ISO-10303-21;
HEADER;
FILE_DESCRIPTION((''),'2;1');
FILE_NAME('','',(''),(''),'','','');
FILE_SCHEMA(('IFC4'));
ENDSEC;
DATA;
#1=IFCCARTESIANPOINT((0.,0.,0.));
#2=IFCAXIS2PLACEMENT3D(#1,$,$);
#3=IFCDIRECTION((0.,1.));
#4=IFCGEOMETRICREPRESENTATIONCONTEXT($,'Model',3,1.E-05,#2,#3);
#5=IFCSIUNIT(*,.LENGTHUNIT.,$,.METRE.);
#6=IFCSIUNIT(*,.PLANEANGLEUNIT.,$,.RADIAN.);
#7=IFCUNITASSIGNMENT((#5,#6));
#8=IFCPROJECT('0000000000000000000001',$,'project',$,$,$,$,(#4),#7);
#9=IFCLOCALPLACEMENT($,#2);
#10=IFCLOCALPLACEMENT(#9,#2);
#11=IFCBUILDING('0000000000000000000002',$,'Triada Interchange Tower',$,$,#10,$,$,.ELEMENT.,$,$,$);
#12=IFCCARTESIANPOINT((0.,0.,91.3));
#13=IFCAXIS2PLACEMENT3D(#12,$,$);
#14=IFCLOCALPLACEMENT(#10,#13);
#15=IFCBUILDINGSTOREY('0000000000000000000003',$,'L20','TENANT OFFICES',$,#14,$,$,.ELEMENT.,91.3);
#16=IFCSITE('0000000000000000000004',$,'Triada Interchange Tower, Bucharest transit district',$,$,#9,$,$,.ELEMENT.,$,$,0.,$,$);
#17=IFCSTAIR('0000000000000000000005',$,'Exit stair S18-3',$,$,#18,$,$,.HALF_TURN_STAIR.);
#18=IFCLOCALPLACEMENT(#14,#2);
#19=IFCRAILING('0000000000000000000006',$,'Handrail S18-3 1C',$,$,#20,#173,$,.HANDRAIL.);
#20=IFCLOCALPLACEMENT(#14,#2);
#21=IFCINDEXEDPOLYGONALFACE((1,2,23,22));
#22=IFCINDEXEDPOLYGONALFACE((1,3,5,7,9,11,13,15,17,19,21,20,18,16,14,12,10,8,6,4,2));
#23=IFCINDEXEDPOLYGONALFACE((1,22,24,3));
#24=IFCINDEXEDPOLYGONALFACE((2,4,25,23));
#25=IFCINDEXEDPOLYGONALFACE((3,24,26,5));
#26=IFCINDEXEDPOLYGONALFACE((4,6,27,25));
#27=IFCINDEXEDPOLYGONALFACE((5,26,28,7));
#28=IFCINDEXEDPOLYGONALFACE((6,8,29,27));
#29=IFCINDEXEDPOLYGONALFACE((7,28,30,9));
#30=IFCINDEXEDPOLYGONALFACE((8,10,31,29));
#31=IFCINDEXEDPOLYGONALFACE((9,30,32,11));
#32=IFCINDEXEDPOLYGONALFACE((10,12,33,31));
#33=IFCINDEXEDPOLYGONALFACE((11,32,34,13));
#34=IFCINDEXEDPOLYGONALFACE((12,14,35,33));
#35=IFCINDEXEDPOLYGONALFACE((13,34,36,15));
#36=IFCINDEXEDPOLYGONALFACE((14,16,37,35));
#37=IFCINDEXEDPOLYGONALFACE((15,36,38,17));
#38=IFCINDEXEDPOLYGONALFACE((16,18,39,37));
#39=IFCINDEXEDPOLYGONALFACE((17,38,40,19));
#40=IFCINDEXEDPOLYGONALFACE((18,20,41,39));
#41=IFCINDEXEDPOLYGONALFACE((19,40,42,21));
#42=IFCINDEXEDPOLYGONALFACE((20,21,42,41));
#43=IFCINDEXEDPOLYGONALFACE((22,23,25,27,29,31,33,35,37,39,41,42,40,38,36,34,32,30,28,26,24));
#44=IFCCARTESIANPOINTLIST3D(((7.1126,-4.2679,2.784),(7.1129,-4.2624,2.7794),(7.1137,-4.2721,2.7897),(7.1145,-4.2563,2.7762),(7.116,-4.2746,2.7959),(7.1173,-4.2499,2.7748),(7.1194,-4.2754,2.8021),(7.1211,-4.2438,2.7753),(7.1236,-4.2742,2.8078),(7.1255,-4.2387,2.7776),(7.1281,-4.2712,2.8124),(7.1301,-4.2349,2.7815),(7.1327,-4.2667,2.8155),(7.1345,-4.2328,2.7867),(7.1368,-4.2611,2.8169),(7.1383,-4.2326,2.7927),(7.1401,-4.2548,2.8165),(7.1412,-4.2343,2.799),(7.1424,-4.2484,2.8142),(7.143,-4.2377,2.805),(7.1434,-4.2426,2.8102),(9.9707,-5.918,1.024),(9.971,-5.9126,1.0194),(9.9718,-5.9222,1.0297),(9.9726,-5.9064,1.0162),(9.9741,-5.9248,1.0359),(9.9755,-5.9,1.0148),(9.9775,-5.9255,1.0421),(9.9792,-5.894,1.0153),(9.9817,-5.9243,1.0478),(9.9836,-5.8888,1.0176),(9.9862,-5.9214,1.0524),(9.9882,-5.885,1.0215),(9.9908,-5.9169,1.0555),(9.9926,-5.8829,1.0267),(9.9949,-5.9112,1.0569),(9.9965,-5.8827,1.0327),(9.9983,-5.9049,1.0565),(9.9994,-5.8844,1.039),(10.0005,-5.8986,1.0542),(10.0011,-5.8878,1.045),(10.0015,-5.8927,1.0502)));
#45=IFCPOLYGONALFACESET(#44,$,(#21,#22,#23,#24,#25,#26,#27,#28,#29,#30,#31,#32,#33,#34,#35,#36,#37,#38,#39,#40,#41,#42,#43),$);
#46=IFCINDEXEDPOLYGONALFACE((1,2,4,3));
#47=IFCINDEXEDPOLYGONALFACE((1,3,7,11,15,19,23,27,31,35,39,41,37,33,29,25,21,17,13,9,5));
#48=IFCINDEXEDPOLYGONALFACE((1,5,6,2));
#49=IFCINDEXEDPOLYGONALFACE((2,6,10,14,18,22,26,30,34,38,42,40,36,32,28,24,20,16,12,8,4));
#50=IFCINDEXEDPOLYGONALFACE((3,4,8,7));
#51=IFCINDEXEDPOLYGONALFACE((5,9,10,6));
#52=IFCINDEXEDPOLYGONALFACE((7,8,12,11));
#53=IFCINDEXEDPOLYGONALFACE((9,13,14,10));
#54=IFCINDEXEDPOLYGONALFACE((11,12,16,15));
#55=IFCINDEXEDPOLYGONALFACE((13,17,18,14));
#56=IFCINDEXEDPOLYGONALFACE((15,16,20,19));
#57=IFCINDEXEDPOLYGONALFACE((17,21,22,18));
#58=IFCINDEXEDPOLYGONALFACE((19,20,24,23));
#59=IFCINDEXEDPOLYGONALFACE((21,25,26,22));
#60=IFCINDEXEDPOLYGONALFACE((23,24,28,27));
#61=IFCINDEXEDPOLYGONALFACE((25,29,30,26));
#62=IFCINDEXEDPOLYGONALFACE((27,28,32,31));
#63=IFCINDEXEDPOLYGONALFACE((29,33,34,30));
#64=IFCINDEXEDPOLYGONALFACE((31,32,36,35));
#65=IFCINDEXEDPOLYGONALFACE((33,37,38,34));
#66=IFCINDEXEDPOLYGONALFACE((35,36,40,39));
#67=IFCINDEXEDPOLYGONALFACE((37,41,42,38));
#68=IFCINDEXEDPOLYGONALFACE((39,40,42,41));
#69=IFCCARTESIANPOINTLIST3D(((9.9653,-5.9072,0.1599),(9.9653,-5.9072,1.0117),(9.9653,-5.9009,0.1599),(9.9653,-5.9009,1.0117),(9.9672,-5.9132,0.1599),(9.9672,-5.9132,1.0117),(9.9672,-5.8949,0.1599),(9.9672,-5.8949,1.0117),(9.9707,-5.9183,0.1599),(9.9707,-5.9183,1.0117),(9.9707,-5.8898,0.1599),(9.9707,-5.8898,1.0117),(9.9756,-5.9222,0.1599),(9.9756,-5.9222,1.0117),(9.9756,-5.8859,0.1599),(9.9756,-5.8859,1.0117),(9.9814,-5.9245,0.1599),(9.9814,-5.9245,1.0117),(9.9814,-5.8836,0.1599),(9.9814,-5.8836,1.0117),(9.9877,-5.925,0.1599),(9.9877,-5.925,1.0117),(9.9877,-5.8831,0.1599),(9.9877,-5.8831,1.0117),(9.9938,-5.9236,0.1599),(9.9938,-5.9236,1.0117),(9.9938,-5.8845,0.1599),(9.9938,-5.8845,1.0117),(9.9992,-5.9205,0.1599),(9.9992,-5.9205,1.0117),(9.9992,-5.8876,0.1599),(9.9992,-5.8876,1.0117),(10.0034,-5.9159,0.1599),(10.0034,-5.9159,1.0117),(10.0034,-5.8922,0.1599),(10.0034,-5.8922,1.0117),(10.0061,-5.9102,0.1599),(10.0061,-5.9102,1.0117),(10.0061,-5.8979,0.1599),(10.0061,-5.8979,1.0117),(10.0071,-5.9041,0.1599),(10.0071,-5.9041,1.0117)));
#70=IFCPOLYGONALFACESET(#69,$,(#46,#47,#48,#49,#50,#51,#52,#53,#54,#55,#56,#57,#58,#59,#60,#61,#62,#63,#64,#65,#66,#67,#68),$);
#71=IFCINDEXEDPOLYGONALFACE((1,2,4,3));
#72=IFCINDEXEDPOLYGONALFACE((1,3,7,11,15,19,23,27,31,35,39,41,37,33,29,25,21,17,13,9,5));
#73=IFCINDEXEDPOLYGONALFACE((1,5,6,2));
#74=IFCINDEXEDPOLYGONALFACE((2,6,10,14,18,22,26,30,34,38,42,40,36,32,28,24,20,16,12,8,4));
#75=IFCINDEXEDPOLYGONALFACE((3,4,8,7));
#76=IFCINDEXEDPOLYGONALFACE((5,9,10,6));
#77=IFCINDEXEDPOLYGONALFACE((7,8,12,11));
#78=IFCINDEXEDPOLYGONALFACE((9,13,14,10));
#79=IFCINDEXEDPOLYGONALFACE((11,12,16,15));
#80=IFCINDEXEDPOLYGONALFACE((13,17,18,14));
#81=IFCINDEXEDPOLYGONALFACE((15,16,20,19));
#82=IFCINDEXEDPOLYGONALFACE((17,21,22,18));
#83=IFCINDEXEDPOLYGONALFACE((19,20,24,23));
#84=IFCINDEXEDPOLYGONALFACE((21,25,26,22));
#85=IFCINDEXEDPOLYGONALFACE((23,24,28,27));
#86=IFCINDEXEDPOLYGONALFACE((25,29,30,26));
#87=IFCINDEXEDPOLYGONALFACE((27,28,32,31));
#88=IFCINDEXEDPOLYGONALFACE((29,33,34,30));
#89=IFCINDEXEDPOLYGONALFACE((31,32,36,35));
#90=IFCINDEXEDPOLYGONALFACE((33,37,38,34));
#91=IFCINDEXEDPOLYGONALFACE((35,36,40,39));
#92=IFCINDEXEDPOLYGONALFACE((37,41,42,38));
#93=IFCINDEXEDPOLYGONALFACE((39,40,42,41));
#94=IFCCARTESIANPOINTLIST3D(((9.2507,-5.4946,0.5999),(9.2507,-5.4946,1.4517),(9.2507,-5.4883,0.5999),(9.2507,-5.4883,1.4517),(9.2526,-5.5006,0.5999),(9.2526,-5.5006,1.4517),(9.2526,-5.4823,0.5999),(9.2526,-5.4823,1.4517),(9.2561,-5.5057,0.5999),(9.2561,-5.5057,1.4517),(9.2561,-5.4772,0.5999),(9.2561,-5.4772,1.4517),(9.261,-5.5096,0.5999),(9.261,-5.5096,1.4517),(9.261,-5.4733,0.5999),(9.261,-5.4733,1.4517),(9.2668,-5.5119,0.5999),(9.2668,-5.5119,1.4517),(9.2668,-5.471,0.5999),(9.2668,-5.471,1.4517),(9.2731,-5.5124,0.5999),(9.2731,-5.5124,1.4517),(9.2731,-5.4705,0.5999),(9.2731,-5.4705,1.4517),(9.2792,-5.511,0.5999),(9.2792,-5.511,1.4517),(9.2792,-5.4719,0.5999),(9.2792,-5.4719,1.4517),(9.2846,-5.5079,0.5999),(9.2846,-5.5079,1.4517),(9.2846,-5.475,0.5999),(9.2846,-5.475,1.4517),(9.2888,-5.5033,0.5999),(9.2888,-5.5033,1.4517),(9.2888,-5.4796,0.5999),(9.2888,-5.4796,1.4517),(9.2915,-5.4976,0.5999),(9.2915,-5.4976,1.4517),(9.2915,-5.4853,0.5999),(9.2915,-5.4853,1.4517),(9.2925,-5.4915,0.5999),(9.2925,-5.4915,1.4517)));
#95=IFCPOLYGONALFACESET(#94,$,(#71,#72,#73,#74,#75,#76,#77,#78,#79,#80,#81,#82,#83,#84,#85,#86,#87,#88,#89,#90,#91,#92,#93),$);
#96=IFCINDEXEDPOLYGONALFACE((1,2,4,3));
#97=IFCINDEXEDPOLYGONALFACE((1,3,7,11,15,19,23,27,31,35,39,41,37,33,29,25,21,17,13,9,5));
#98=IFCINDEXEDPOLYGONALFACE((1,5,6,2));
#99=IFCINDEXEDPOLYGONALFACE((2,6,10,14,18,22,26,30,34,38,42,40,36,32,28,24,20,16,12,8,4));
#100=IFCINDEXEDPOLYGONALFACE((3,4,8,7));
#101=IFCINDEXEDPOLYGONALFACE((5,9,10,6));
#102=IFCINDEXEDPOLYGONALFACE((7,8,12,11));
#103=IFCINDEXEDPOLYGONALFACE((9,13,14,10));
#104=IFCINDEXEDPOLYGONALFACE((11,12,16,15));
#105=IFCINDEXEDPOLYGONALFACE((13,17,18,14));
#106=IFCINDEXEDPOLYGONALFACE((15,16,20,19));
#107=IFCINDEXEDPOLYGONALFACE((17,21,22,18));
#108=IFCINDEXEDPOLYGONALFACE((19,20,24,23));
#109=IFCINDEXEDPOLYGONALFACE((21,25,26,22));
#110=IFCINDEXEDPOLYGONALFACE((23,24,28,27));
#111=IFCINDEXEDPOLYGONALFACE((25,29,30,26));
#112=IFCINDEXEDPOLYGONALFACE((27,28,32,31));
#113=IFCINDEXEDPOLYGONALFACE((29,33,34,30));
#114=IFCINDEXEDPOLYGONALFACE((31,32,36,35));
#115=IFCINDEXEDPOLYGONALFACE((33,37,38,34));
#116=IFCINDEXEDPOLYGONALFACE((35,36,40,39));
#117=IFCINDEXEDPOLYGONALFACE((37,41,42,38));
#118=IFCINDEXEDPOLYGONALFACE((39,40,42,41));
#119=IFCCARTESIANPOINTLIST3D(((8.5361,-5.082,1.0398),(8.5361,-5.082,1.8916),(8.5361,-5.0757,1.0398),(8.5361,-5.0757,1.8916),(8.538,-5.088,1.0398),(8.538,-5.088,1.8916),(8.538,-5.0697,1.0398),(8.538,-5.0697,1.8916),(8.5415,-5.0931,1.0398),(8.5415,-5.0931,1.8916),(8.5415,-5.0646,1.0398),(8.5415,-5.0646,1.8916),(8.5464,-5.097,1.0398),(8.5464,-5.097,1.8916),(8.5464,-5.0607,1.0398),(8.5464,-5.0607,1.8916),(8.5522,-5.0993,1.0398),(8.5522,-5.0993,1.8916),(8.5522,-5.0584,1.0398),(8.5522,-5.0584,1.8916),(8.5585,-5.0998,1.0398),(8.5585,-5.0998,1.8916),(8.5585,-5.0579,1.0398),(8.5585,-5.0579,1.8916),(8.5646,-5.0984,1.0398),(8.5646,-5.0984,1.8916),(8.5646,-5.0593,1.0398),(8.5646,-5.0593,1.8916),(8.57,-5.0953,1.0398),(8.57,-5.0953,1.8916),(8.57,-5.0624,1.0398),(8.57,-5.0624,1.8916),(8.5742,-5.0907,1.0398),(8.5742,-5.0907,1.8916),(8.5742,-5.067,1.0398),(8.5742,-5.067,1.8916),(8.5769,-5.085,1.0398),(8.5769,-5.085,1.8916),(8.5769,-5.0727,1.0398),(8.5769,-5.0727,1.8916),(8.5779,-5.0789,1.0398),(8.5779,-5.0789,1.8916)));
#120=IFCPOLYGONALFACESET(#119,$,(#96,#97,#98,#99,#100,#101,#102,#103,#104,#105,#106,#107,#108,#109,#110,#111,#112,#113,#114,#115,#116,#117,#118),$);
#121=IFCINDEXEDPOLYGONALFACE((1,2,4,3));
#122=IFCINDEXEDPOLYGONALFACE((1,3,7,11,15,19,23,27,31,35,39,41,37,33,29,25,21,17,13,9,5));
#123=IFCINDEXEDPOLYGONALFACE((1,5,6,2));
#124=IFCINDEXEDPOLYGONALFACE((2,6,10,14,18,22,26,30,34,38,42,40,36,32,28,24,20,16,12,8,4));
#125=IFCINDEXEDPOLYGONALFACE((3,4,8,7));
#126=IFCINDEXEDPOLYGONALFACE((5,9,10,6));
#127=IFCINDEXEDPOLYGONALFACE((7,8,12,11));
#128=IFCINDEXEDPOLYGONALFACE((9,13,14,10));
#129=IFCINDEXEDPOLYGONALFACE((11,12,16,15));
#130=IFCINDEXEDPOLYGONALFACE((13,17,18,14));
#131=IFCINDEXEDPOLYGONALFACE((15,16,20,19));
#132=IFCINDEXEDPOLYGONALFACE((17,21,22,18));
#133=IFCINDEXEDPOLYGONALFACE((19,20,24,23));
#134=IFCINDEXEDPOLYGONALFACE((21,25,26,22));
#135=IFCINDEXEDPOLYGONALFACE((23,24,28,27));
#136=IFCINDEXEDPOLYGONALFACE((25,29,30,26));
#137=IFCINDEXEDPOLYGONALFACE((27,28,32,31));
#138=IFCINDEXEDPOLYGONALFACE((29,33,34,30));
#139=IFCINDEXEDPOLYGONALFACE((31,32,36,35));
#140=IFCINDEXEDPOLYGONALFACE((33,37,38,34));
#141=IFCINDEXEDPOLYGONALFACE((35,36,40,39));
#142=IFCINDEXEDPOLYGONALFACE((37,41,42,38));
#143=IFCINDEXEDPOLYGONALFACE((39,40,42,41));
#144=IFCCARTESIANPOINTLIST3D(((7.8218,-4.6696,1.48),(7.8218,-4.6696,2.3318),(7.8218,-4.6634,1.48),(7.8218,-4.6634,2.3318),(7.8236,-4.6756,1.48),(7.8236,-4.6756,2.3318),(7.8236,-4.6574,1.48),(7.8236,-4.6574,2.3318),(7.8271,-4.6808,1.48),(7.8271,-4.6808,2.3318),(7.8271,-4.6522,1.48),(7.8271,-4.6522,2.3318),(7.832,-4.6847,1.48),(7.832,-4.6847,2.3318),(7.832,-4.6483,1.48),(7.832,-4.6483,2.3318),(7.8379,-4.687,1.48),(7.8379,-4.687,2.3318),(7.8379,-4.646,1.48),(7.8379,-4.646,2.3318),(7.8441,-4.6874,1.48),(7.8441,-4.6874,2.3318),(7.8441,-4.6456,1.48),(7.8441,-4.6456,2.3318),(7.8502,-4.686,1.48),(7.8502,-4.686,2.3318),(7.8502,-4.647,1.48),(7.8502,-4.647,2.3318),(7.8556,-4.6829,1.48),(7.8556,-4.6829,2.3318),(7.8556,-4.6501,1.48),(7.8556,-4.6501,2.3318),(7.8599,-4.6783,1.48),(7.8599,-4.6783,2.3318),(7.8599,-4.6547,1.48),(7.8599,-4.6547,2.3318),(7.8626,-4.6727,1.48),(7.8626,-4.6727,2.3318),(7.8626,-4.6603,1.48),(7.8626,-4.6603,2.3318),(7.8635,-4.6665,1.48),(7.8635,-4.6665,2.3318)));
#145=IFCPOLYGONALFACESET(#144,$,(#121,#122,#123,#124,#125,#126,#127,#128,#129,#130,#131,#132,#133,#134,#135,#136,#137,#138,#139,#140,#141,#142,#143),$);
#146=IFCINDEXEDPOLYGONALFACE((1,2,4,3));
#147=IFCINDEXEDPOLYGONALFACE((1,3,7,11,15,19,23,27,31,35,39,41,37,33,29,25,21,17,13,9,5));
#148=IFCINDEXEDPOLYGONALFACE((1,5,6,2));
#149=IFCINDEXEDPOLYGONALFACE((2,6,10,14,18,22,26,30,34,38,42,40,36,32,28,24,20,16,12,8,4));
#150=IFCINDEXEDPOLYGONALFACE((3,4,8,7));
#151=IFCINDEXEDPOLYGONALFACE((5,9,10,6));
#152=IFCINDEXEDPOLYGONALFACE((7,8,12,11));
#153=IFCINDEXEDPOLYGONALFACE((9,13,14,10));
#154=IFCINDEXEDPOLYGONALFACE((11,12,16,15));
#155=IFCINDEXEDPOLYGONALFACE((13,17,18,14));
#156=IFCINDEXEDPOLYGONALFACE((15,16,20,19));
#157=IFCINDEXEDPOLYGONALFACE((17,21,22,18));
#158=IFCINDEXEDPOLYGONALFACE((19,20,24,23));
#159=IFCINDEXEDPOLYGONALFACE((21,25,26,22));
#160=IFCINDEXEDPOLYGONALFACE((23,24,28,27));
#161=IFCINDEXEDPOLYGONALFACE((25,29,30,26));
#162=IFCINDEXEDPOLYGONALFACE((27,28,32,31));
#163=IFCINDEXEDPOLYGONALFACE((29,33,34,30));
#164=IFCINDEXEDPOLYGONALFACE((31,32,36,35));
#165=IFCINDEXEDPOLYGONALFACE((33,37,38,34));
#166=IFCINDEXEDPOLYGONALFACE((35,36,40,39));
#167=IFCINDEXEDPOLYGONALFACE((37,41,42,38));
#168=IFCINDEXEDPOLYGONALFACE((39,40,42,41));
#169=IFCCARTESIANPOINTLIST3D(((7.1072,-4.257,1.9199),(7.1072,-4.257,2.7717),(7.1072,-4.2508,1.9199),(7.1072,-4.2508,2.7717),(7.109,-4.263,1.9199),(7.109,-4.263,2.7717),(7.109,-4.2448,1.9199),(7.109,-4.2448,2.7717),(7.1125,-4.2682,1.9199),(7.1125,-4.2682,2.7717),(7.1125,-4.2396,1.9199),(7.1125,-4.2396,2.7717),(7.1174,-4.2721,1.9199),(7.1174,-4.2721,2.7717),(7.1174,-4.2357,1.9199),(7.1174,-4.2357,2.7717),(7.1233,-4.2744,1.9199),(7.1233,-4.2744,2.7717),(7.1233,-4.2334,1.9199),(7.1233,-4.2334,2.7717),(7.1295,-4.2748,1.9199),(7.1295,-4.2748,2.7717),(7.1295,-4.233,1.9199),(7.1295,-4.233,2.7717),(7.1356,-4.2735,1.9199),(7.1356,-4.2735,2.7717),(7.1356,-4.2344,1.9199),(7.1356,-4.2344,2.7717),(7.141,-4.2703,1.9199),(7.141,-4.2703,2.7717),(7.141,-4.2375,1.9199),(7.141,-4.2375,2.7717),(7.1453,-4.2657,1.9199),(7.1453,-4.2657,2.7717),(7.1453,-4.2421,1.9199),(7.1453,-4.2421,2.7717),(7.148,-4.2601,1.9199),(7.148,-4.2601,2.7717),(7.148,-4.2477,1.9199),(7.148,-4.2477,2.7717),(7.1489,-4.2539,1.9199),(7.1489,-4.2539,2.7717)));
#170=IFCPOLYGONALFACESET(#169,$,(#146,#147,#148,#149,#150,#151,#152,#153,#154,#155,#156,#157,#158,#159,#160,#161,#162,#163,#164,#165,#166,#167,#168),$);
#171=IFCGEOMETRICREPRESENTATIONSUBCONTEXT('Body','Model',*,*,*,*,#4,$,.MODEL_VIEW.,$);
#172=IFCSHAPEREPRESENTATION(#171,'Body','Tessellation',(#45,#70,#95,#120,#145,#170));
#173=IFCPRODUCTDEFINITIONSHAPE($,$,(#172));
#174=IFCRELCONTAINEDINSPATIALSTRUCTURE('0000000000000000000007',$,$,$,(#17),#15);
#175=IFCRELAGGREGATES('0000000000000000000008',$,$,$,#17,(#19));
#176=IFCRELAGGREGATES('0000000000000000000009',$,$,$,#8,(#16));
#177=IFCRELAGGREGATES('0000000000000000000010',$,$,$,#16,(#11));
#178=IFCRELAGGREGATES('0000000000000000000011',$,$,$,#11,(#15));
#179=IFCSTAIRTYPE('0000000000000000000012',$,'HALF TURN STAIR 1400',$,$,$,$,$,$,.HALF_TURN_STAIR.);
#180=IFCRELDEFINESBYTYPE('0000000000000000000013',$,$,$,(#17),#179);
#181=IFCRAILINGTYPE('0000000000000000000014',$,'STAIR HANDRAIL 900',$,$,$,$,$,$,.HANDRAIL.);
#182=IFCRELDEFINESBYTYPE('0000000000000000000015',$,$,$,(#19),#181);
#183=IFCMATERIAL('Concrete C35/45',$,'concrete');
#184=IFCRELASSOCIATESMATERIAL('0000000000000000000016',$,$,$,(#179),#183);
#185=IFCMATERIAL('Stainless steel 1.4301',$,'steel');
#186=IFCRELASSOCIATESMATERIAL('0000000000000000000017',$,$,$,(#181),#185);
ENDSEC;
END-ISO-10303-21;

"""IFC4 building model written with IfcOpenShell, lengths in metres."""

from ifc_helpers import new_model, si_unit, direction, frame, origin, origin_2d, place, context, subcontext, project, spatial, circle, extrude, material, type_object, element, aggregate, save


model = new_model("IFC4")

# Units and contexts
model_context = context("Model", 3, precision=1e-05, world=origin(), true_north=direction((0.0, 1.0)))
body_context = subcontext(model_context, "Body", "Model", "MODEL_VIEW")
ifc_project = project(units=[si_unit("LENGTHUNIT", "METRE"), si_unit("PLANEANGLEUNIT", "RADIAN")], contexts=[model_context])

# Site, building, storey
site_placement = place(None, origin())
site = spatial("IfcSite", under=ifc_project, at=site_placement, Name="Triada Interchange Tower, Bucharest transit district", CompositionType="ELEMENT", RefElevation=0.0)
building_placement = place(site_placement, origin())
building = spatial("IfcBuilding", under=site, at=building_placement, Name="Triada Interchange Tower", CompositionType="ELEMENT")
storey_placement = place(building_placement, frame((0.0, 0.0, 91.3)))
storey = spatial("IfcBuildingStorey", under=building, at=storey_placement, Name="L20", Description="TENANT OFFICES", CompositionType="ELEMENT", Elevation=91.3)

# Stair
ifc_material_1 = material(Name="Concrete C35/45", Category="concrete")
stair_type = type_object("IfcStairType", Name="HALF TURN STAIR 1400", PredefinedType="HALF_TURN_STAIR", material=ifc_material_1)
stair_placement = place(storey_placement, origin())
stair = element("IfcStair", 1, at=stair_placement, inside=storey, type_object=stair_type, Name="Exit stair S18-3", PredefinedType="HALF_TURN_STAIR")

# Railing
ifc_material_2 = material(Name="Stainless steel 1.4301", Category="steel")
railing_type = type_object("IfcRailingType", Name="STAIR HANDRAIL 900", PredefinedType="HANDRAIL", material=ifc_material_2)
railing_1_placement = place(storey_placement, frame((9.9861, -5.9041, 0.1599)))
railing_1 = element("IfcRailing", 2, at=railing_1_placement, type_object=railing_type, Name="Handrail S18-3 1C", PredefinedType="HANDRAIL", context=body_context, shape_type="SweptSolid", body=[
    extrude(circle(Radius=0.0239, at=origin_2d()), frame((0.0, 0.0, 0.876), z_axis=(-0.764156, 0.441183, 0.470556), x_axis=(-0.499998, -0.866027, 0.0)), (0.0, 0.0, 1.0), 3.7402),
    extrude(circle(Radius=0.021, at=origin_2d()), origin(), (0.0, 0.0, 1.0), 0.8518),
    extrude(circle(Radius=0.021, at=origin_2d()), frame((-0.7146, 0.4126, 0.4399)), (0.0, 0.0, 1.0), 0.8518),
    extrude(circle(Radius=0.021, at=origin_2d()), frame((-1.4292, 0.8252, 0.8799)), (0.0, 0.0, 1.0), 0.8518),
    extrude(circle(Radius=0.021, at=origin_2d()), frame((-2.1436, 1.2375, 1.3201)), (0.0, 0.0, 1.0), 0.8518),
    extrude(circle(Radius=0.021, at=origin_2d()), frame((-2.8582, 1.6501, 1.76)), (0.0, 0.0, 1.0), 0.8518),
])
aggregate(stair, [railing_1])

save(model, "model.ifc")
